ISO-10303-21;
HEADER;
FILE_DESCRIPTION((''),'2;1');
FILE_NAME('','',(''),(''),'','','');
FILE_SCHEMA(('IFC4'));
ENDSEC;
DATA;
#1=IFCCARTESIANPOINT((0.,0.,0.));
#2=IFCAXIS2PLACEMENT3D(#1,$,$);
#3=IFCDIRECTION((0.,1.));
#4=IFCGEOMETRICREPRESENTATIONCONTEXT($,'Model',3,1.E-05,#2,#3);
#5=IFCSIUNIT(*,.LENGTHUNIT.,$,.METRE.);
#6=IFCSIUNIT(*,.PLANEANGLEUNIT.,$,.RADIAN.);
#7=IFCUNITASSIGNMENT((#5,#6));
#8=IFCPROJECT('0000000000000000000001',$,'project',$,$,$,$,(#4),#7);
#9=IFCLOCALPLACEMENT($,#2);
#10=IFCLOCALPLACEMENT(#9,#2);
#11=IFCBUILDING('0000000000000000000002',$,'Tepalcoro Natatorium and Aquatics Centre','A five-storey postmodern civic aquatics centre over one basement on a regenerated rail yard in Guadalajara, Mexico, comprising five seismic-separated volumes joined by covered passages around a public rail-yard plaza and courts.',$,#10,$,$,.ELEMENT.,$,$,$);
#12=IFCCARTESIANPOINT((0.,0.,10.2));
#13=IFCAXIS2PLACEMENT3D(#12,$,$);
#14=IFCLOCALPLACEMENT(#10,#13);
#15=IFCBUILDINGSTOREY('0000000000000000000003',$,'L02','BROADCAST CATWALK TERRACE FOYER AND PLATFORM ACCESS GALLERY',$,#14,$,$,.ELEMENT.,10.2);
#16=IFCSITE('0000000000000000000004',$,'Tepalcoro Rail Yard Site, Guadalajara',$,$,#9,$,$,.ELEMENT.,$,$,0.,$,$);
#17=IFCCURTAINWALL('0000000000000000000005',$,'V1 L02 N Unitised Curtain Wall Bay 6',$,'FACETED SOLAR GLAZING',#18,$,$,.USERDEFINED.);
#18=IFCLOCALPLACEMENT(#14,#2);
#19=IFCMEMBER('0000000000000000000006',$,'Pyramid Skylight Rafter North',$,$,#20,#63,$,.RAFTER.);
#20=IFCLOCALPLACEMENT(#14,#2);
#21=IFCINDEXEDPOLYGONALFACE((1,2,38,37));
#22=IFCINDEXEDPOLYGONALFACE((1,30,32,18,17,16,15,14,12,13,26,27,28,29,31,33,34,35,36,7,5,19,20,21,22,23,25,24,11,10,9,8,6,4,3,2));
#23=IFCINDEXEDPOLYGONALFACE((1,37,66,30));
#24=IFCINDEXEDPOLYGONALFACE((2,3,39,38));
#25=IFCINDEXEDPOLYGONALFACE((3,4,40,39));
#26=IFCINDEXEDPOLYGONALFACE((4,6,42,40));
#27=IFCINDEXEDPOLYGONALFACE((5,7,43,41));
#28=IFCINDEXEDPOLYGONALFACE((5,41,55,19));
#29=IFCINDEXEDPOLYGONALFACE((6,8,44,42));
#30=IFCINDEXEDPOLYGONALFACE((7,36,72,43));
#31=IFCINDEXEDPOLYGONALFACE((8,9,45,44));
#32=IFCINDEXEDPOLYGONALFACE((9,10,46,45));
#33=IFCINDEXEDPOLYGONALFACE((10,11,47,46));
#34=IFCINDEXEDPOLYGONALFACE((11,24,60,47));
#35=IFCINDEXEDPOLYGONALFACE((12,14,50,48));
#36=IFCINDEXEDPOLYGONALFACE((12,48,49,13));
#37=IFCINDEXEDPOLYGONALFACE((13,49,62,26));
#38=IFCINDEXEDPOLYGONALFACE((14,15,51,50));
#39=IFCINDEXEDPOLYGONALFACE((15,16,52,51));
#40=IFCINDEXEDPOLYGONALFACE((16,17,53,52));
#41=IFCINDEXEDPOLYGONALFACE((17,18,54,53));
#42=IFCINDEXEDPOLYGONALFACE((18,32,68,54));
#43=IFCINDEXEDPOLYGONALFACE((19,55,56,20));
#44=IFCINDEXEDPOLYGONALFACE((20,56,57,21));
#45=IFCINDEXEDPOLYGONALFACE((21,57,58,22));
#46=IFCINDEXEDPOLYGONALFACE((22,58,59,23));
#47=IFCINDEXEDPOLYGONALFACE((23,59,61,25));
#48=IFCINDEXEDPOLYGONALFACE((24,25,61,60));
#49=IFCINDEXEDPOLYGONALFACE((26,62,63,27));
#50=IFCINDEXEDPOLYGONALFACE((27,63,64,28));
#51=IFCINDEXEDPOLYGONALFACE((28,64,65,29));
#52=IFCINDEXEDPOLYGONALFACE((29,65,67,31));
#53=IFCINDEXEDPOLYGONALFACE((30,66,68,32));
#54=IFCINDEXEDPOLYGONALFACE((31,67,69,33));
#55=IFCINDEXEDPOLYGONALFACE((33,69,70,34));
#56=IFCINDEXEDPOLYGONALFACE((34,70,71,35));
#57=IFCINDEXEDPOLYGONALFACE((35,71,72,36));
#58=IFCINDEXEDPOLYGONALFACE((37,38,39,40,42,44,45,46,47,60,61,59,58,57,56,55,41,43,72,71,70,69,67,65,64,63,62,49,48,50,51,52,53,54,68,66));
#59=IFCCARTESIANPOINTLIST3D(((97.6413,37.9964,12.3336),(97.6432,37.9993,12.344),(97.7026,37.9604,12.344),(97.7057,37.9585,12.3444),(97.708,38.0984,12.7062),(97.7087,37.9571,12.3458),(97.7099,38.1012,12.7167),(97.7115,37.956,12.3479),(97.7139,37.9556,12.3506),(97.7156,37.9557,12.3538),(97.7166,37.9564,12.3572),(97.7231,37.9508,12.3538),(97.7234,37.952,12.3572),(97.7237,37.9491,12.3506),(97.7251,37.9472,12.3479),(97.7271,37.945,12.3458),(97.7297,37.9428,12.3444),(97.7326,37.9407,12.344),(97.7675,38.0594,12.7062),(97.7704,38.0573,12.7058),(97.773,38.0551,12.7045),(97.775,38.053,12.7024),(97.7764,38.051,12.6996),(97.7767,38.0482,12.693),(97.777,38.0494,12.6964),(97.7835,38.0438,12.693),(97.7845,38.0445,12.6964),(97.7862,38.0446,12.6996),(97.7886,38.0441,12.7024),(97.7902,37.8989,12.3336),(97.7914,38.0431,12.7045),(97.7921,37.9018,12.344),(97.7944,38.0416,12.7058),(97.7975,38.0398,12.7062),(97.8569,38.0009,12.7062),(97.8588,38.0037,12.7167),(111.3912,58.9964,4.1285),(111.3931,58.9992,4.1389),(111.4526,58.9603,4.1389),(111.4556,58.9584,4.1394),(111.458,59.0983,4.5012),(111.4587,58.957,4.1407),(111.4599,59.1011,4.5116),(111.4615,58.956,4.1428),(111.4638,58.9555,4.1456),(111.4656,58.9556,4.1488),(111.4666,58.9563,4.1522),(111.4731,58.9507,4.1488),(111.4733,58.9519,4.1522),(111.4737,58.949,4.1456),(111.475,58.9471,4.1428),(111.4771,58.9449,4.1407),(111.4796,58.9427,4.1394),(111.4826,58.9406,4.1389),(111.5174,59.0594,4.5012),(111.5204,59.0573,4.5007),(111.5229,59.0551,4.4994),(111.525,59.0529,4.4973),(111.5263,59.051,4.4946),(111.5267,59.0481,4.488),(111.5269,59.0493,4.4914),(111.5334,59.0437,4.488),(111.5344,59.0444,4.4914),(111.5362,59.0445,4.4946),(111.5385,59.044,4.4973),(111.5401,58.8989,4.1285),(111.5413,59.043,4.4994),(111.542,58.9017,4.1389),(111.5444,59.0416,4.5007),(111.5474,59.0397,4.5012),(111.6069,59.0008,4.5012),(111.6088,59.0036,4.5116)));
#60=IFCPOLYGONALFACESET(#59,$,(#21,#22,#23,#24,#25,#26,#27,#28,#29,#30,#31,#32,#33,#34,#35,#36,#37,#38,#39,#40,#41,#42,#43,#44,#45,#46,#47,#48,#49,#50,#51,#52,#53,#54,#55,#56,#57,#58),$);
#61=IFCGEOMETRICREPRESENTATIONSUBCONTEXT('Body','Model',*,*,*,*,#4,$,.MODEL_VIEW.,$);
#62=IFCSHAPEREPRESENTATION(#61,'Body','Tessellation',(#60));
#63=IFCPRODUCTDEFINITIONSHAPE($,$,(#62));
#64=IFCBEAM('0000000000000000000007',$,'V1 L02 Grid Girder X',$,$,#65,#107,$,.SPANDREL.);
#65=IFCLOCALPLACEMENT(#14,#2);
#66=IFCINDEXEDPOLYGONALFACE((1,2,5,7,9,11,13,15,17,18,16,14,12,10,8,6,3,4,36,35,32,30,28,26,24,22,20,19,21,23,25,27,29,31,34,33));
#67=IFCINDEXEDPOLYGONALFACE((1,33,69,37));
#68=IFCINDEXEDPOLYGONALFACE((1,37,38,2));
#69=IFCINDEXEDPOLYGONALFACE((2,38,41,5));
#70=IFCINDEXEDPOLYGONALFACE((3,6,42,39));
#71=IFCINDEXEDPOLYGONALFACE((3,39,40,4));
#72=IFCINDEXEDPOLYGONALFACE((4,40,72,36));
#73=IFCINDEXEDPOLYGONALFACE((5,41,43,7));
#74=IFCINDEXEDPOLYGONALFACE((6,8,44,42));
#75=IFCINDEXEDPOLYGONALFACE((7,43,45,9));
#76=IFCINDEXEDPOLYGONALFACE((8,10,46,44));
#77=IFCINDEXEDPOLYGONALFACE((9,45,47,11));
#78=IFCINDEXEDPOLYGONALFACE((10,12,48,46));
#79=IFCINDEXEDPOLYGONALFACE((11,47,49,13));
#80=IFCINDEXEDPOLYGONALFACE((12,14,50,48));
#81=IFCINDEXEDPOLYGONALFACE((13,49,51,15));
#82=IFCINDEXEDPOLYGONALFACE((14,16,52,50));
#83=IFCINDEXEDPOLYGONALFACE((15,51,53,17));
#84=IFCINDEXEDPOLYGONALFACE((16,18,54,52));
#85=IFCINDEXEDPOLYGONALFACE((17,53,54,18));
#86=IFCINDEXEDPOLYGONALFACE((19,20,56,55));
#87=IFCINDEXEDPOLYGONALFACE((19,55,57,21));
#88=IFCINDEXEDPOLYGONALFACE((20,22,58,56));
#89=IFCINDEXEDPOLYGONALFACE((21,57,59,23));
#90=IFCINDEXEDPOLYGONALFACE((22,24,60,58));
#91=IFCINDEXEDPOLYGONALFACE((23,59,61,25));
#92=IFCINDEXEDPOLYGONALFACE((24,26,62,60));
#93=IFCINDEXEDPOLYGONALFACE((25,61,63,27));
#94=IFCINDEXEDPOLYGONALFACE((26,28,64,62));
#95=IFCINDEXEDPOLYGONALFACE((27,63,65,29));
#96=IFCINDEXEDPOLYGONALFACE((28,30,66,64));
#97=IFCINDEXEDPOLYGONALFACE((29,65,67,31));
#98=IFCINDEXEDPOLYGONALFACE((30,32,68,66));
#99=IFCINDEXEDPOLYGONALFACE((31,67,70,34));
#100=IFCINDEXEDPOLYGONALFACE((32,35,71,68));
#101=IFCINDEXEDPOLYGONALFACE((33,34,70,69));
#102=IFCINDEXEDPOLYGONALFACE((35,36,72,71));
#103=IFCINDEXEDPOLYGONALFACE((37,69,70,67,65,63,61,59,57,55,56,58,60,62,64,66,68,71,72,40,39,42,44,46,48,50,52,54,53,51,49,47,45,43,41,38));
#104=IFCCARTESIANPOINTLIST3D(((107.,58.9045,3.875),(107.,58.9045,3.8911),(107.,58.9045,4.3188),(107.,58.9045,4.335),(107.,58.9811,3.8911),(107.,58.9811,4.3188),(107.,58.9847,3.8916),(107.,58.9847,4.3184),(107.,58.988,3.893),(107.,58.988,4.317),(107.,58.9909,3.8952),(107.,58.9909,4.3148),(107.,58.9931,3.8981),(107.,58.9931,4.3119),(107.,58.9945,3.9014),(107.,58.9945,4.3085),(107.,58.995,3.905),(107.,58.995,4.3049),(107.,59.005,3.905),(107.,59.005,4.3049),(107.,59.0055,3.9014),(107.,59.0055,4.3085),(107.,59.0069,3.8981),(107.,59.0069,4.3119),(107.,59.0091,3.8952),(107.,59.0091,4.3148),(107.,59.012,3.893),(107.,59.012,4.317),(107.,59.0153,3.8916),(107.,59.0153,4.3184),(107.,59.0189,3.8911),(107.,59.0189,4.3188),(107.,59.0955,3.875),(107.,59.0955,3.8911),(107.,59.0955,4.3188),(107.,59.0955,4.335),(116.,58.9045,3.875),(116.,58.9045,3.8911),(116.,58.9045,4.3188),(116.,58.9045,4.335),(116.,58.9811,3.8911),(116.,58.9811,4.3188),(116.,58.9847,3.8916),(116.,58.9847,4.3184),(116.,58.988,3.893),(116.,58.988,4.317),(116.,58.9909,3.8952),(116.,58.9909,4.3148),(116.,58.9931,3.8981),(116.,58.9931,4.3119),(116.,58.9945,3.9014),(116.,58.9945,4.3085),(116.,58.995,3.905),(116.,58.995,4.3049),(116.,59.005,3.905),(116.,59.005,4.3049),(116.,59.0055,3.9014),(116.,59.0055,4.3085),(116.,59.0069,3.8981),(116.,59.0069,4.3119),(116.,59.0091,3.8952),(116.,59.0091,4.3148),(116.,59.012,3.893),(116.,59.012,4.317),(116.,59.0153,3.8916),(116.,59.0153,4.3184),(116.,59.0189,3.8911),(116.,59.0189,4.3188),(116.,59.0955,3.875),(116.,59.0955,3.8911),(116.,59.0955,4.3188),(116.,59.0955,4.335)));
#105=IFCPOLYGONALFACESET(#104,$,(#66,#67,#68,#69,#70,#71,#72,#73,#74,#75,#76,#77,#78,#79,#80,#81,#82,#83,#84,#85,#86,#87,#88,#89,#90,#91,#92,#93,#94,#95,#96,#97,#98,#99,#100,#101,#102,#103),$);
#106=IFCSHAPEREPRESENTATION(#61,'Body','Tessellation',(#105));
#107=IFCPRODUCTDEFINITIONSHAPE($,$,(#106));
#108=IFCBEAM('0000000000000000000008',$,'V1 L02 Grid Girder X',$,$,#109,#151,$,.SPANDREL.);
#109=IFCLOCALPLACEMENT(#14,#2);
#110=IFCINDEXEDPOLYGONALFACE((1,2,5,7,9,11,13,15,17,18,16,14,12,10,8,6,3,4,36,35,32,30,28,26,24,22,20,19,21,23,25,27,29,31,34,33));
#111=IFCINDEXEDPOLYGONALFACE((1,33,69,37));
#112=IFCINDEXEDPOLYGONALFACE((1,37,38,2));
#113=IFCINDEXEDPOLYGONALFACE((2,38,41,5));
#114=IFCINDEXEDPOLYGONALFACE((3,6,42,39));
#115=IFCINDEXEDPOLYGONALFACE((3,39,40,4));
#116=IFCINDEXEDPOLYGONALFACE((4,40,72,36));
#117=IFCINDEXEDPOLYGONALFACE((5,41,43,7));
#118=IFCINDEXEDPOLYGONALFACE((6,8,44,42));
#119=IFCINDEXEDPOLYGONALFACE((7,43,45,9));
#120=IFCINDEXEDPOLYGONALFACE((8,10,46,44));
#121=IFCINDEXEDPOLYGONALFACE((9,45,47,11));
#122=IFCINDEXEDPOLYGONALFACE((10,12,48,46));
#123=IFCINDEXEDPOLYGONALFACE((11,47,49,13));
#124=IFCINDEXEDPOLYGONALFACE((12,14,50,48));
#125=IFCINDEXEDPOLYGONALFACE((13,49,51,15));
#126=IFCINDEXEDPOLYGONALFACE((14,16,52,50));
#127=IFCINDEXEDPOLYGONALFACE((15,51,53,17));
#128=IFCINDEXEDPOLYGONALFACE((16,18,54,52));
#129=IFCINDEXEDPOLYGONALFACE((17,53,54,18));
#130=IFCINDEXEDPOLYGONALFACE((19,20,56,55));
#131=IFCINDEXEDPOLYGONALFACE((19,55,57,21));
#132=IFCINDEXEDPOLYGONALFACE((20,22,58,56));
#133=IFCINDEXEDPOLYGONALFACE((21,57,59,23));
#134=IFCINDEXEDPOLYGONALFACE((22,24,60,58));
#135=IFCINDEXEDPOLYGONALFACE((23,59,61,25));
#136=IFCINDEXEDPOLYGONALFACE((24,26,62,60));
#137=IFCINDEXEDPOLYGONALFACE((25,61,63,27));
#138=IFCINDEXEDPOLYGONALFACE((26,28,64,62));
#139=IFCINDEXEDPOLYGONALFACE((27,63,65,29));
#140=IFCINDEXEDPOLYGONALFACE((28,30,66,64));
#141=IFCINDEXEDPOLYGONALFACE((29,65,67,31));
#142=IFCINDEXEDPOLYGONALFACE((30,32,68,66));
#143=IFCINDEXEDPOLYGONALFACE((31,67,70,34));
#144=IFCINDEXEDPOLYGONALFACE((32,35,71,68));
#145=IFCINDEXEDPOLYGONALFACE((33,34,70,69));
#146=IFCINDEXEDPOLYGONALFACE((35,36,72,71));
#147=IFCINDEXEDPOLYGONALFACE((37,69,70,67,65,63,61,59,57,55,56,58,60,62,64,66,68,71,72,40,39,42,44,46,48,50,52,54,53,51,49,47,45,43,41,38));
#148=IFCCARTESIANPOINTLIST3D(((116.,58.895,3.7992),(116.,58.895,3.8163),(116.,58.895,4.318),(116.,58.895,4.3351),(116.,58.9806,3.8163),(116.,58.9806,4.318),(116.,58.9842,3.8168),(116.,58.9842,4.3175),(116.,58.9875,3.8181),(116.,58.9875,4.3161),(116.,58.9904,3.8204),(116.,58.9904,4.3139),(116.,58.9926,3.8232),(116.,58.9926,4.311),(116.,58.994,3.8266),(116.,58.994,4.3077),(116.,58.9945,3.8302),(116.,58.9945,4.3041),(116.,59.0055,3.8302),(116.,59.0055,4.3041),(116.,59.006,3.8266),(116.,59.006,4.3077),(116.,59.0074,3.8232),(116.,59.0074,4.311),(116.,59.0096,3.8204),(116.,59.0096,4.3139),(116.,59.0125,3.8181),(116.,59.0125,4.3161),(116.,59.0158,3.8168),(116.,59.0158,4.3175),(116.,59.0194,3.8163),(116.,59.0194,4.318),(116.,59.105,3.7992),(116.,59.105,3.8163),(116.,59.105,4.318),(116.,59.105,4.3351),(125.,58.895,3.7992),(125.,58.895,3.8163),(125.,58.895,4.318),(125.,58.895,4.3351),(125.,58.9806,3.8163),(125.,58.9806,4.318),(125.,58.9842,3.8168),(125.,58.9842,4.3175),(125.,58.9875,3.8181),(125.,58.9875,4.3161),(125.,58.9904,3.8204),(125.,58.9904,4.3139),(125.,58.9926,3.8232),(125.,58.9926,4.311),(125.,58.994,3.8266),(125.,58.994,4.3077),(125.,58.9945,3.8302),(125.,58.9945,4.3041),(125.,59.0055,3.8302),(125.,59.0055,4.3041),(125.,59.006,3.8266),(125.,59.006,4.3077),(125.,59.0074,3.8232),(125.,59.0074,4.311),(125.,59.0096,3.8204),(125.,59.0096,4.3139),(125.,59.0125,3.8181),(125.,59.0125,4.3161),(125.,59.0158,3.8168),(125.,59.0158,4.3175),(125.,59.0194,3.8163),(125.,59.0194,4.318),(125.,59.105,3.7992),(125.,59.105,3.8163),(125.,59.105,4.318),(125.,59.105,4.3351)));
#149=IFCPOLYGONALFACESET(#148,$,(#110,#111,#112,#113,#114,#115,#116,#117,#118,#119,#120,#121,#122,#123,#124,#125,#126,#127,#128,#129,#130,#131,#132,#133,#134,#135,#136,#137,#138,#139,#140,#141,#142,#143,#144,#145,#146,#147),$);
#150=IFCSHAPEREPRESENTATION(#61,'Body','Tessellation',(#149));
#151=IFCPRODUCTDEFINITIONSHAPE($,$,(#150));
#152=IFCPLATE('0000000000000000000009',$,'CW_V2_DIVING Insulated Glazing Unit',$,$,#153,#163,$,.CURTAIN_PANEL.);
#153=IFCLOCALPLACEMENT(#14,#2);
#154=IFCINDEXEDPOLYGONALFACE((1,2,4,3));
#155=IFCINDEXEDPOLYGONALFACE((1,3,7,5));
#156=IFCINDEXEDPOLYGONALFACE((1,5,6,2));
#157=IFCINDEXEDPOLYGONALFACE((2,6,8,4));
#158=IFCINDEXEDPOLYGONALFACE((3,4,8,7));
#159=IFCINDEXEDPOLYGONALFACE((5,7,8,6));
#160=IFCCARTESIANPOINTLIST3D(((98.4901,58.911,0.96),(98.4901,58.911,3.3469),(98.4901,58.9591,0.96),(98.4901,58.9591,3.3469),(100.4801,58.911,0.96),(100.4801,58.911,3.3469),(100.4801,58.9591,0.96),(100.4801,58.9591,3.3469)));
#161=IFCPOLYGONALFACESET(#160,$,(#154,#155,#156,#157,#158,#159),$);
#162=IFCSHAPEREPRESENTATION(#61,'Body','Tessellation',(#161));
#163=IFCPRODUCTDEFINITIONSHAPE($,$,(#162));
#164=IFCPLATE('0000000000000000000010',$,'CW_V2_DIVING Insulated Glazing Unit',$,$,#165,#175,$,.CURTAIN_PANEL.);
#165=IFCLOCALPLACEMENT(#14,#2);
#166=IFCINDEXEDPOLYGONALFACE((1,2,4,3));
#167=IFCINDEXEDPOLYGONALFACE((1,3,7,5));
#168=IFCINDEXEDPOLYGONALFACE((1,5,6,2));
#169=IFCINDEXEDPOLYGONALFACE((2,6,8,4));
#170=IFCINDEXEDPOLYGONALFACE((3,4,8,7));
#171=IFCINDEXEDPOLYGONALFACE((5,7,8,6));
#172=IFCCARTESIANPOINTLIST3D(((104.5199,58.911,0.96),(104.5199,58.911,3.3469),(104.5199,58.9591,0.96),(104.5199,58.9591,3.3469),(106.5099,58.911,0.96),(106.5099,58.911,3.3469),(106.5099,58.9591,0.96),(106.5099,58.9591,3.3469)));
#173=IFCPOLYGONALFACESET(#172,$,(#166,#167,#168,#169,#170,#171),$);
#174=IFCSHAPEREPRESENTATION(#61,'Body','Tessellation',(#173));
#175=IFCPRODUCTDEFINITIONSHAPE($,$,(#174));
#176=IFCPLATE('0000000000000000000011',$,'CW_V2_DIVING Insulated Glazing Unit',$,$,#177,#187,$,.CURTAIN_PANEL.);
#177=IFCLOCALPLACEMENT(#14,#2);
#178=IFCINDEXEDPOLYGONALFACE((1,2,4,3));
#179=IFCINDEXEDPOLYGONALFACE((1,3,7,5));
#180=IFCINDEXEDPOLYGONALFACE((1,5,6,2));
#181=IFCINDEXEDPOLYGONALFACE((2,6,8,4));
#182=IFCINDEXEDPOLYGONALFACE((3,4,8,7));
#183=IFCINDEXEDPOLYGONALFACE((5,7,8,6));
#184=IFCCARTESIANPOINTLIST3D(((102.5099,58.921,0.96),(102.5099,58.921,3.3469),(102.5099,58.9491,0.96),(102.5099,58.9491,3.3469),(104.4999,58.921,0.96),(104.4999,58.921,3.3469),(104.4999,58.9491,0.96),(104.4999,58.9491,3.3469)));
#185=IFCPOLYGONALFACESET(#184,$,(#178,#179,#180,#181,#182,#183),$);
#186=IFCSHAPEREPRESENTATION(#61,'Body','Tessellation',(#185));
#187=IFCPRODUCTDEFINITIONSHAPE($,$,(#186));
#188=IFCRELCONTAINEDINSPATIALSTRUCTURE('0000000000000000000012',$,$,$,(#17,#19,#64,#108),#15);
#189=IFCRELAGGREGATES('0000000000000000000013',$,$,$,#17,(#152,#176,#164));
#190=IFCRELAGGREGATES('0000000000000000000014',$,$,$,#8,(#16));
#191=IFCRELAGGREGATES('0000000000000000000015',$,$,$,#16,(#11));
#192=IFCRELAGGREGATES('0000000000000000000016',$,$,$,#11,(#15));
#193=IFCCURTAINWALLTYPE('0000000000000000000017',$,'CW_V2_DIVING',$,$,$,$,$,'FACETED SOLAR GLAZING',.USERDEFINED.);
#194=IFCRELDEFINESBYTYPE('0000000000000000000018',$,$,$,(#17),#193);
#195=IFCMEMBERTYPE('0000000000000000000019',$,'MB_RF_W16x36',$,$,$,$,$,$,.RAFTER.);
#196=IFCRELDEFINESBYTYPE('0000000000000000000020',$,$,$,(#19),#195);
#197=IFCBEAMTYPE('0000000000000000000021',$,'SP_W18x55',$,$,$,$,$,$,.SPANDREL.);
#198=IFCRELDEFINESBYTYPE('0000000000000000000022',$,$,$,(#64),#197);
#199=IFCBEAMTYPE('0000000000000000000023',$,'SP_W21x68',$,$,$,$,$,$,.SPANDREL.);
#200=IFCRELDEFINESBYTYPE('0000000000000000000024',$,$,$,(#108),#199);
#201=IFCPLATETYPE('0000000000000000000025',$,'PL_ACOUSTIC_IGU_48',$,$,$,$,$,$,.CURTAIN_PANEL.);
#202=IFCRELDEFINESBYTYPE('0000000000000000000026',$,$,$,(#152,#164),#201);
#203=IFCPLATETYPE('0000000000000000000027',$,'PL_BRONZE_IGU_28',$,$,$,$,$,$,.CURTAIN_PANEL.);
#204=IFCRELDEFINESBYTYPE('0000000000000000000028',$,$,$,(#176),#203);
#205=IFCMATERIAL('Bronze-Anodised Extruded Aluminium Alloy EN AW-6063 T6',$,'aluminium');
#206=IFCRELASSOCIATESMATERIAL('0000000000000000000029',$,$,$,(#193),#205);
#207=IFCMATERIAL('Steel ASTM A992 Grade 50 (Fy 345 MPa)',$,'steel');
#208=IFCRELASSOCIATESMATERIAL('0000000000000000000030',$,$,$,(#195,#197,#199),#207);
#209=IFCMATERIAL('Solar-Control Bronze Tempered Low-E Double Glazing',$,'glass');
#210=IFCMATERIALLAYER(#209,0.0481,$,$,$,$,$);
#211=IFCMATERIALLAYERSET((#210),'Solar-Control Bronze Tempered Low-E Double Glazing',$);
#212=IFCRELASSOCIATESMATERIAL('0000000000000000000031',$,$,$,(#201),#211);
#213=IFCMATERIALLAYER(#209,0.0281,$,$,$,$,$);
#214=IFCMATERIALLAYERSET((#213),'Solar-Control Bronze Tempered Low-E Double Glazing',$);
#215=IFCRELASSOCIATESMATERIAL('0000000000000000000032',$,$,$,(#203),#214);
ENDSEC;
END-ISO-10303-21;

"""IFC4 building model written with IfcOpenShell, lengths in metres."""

from ifc_helpers import new_model, si_unit, direction, frame, origin, origin_2d, place, context, subcontext, project, spatial, rectangle, i_section, extrude, material, layer, layer_set, material_profile, profile_set, type_object, element, aggregate, save


model = new_model("IFC4")

# Units and contexts
model_context = context("Model", 3, precision=1e-05, world=origin(), true_north=direction((0.0, 1.0)))
body_context = subcontext(model_context, "Body", "Model", "MODEL_VIEW")
ifc_project = project(units=[si_unit("LENGTHUNIT", "METRE"), si_unit("PLANEANGLEUNIT", "RADIAN")], contexts=[model_context])

# Site, building, storey
site_placement = place(None, origin())
site = spatial("IfcSite", under=ifc_project, at=site_placement, Name="Tepalcoro Rail Yard Site, Guadalajara", CompositionType="ELEMENT", RefElevation=0.0)
building_placement = place(site_placement, origin())
building = spatial("IfcBuilding", under=site, at=building_placement, Name="Tepalcoro Natatorium and Aquatics Centre", Description="A five-storey postmodern civic aquatics centre over one basement on a regenerated rail yard in Guadalajara, Mexico, comprising five seismic-separated volumes joined by covered passages around a public rail-yard plaza and courts.", CompositionType="ELEMENT")
storey_placement = place(building_placement, frame((0.0, 0.0, 10.2)))
storey = spatial("IfcBuildingStorey", under=building, at=storey_placement, Name="L02", Description="BROADCAST CATWALK TERRACE FOYER AND PLATFORM ACCESS GALLERY", CompositionType="ELEMENT", Elevation=10.2)

# Shared definitions
ifc_material_1 = material(Name="Steel ASTM A992 Grade 50 (Fy 345 MPa)", Category="steel")

# Shared definitions
ifc_material_2 = material(Name="Bronze-Anodised Extruded Aluminium Alloy EN AW-6063 T6", Category="aluminium")

# Curtain wall
curtain_wall_type_1 = type_object("IfcCurtainWallType", Name="CW_V2_DIVING", ElementType="FACETED SOLAR GLAZING", PredefinedType="USERDEFINED", material=ifc_material_2)
curtain_wall_1_placement = place(storey_placement, origin())
curtain_wall_1 = element("IfcCurtainWall", 1, at=curtain_wall_1_placement, inside=storey, type_object=curtain_wall_type_1, Name="V1 L02 N Unitised Curtain Wall Bay 6", ObjectType="FACETED SOLAR GLAZING", PredefinedType="USERDEFINED")

# Member
ifc_material_profile_1 = material_profile(ifc_material_1, i_section(OverallWidth=0.178, OverallDepth=0.4031, WebThickness=0.0081, FlangeThickness=0.011, FilletRadius=0.0139, at=origin_2d()), Name="W16X36")
ifc_profile_set_1 = profile_set([ifc_material_profile_1], Name="Steel ASTM A992 Grade 50 (Fy 345 MPa)")
member_type_1 = type_object("IfcMemberType", Name="MB_RF_W16x36", PredefinedType="RAFTER", material=ifc_profile_set_1)
member_1_placement = place(storey_placement, frame((111.5, 59.0, 4.3201), z_axis=(-0.520674, -0.795212, 0.310704), x_axis=(0.836619, -0.547786, 0.0)))
element("IfcMember", 2, at=member_1_placement, inside=storey, type_object=member_type_1, Name="Pyramid Skylight Rafter North", PredefinedType="RAFTER", context=body_context, shape_type="SweptSolid", body=[
    extrude(i_section(OverallWidth=0.178, OverallDepth=0.4031, WebThickness=0.0081, FlangeThickness=0.011, FilletRadius=0.0139, at=origin_2d()), origin(), (0.0, 0.0, 1.0), 26.408),
])

# Beams
ifc_material_profile_2 = material_profile(ifc_material_1, i_section(OverallWidth=0.1909, OverallDepth=0.46, WebThickness=0.01, FlangeThickness=0.0161, FilletRadius=0.0139, at=origin_2d()), Name="W18X55")
ifc_profile_set_2 = profile_set([ifc_material_profile_2], Name="Steel ASTM A992 Grade 50 (Fy 345 MPa)")
beam_type_1 = type_object("IfcBeamType", Name="SP_W18x55", PredefinedType="SPANDREL", material=ifc_profile_set_2)
beam_1_placement = place(storey_placement, frame((107.0, 59.0, 4.105), z_axis=(1.0, 0.0, 0.0), x_axis=(0.0, 1.0, 0.0)))
element("IfcBeam", 3, at=beam_1_placement, inside=storey, type_object=beam_type_1, Name="V1 L02 Grid Girder X", PredefinedType="SPANDREL", context=body_context, shape_type="SweptSolid", body=[
    extrude(i_section(OverallWidth=0.1909, OverallDepth=0.46, WebThickness=0.01, FlangeThickness=0.0161, FilletRadius=0.0139, at=origin_2d()), origin(), (0.0, 0.0, 1.0), 9.0),
])
ifc_material_profile_3 = material_profile(ifc_material_1, i_section(OverallWidth=0.21, OverallDepth=0.5359, WebThickness=0.011, FlangeThickness=0.0171, FilletRadius=0.0139, at=origin_2d()), Name="W21X68")
ifc_profile_set_3 = profile_set([ifc_material_profile_3], Name="Steel ASTM A992 Grade 50 (Fy 345 MPa)")
beam_type_2 = type_object("IfcBeamType", Name="SP_W21x68", PredefinedType="SPANDREL", material=ifc_profile_set_3)
beam_2_placement = place(storey_placement, frame((116.0, 59.0, 4.0671), z_axis=(1.0, 0.0, 0.0), x_axis=(0.0, 1.0, 0.0)))
element("IfcBeam", 4, at=beam_2_placement, inside=storey, type_object=beam_type_2, Name="V1 L02 Grid Girder X", PredefinedType="SPANDREL", context=body_context, shape_type="SweptSolid", body=[
    extrude(i_section(OverallWidth=0.21, OverallDepth=0.5359, WebThickness=0.011, FlangeThickness=0.0171, FilletRadius=0.0139, at=origin_2d()), origin(), (0.0, 0.0, 1.0), 9.0),
])

# Plates
ifc_material_3 = material(Name="Solar-Control Bronze Tempered Low-E Double Glazing", Category="glass")
ifc_layer_1 = layer(ifc_material_3, 0.0481)
ifc_layer_set_1 = layer_set([ifc_layer_1], Name="Solar-Control Bronze Tempered Low-E Double Glazing")
plate_type_1 = type_object("IfcPlateType", Name="PL_ACOUSTIC_IGU_48", PredefinedType="CURTAIN_PANEL", material=ifc_layer_set_1)
plate_1_placement = place(storey_placement, frame((99.4851, 58.9351, 0.96), z_axis=(0.0, 0.0, 1.0), x_axis=(1.0, 0.0, 0.0)))
plate_1 = element("IfcPlate", 5, at=plate_1_placement, type_object=plate_type_1, Name="CW_V2_DIVING Insulated Glazing Unit", PredefinedType="CURTAIN_PANEL", context=body_context, shape_type="SweptSolid", body=[
    extrude(rectangle(XDim=1.99, YDim=0.0481, at=origin_2d()), origin(), (0.0, 0.0, 1.0), 2.387),
])
plate_2_placement = place(storey_placement, frame((105.5149, 58.9351, 0.96), z_axis=(0.0, 0.0, 1.0), x_axis=(1.0, 0.0, 0.0)))
plate_2 = element("IfcPlate", 6, at=plate_2_placement, type_object=plate_type_1, Name="CW_V2_DIVING Insulated Glazing Unit", PredefinedType="CURTAIN_PANEL", context=body_context, shape_type="SweptSolid", body=[
    extrude(rectangle(XDim=1.99, YDim=0.0481, at=origin_2d()), origin(), (0.0, 0.0, 1.0), 2.387),
])
ifc_layer_2 = layer(ifc_material_3, 0.0281)
ifc_layer_set_2 = layer_set([ifc_layer_2], Name="Solar-Control Bronze Tempered Low-E Double Glazing")
plate_type_2 = type_object("IfcPlateType", Name="PL_BRONZE_IGU_28", PredefinedType="CURTAIN_PANEL", material=ifc_layer_set_2)
plate_3_placement = place(storey_placement, frame((103.5049, 58.9351, 0.96), z_axis=(0.0, 0.0, 1.0), x_axis=(1.0, 0.0, 0.0)))
plate_3 = element("IfcPlate", 7, at=plate_3_placement, type_object=plate_type_2, Name="CW_V2_DIVING Insulated Glazing Unit", PredefinedType="CURTAIN_PANEL", context=body_context, shape_type="SweptSolid", body=[
    extrude(rectangle(XDim=1.99, YDim=0.0281, at=origin_2d()), origin(), (0.0, 0.0, 1.0), 2.387),
])

aggregate(curtain_wall_1, [plate_1, plate_3, plate_2])

save(model, "model.ifc")
